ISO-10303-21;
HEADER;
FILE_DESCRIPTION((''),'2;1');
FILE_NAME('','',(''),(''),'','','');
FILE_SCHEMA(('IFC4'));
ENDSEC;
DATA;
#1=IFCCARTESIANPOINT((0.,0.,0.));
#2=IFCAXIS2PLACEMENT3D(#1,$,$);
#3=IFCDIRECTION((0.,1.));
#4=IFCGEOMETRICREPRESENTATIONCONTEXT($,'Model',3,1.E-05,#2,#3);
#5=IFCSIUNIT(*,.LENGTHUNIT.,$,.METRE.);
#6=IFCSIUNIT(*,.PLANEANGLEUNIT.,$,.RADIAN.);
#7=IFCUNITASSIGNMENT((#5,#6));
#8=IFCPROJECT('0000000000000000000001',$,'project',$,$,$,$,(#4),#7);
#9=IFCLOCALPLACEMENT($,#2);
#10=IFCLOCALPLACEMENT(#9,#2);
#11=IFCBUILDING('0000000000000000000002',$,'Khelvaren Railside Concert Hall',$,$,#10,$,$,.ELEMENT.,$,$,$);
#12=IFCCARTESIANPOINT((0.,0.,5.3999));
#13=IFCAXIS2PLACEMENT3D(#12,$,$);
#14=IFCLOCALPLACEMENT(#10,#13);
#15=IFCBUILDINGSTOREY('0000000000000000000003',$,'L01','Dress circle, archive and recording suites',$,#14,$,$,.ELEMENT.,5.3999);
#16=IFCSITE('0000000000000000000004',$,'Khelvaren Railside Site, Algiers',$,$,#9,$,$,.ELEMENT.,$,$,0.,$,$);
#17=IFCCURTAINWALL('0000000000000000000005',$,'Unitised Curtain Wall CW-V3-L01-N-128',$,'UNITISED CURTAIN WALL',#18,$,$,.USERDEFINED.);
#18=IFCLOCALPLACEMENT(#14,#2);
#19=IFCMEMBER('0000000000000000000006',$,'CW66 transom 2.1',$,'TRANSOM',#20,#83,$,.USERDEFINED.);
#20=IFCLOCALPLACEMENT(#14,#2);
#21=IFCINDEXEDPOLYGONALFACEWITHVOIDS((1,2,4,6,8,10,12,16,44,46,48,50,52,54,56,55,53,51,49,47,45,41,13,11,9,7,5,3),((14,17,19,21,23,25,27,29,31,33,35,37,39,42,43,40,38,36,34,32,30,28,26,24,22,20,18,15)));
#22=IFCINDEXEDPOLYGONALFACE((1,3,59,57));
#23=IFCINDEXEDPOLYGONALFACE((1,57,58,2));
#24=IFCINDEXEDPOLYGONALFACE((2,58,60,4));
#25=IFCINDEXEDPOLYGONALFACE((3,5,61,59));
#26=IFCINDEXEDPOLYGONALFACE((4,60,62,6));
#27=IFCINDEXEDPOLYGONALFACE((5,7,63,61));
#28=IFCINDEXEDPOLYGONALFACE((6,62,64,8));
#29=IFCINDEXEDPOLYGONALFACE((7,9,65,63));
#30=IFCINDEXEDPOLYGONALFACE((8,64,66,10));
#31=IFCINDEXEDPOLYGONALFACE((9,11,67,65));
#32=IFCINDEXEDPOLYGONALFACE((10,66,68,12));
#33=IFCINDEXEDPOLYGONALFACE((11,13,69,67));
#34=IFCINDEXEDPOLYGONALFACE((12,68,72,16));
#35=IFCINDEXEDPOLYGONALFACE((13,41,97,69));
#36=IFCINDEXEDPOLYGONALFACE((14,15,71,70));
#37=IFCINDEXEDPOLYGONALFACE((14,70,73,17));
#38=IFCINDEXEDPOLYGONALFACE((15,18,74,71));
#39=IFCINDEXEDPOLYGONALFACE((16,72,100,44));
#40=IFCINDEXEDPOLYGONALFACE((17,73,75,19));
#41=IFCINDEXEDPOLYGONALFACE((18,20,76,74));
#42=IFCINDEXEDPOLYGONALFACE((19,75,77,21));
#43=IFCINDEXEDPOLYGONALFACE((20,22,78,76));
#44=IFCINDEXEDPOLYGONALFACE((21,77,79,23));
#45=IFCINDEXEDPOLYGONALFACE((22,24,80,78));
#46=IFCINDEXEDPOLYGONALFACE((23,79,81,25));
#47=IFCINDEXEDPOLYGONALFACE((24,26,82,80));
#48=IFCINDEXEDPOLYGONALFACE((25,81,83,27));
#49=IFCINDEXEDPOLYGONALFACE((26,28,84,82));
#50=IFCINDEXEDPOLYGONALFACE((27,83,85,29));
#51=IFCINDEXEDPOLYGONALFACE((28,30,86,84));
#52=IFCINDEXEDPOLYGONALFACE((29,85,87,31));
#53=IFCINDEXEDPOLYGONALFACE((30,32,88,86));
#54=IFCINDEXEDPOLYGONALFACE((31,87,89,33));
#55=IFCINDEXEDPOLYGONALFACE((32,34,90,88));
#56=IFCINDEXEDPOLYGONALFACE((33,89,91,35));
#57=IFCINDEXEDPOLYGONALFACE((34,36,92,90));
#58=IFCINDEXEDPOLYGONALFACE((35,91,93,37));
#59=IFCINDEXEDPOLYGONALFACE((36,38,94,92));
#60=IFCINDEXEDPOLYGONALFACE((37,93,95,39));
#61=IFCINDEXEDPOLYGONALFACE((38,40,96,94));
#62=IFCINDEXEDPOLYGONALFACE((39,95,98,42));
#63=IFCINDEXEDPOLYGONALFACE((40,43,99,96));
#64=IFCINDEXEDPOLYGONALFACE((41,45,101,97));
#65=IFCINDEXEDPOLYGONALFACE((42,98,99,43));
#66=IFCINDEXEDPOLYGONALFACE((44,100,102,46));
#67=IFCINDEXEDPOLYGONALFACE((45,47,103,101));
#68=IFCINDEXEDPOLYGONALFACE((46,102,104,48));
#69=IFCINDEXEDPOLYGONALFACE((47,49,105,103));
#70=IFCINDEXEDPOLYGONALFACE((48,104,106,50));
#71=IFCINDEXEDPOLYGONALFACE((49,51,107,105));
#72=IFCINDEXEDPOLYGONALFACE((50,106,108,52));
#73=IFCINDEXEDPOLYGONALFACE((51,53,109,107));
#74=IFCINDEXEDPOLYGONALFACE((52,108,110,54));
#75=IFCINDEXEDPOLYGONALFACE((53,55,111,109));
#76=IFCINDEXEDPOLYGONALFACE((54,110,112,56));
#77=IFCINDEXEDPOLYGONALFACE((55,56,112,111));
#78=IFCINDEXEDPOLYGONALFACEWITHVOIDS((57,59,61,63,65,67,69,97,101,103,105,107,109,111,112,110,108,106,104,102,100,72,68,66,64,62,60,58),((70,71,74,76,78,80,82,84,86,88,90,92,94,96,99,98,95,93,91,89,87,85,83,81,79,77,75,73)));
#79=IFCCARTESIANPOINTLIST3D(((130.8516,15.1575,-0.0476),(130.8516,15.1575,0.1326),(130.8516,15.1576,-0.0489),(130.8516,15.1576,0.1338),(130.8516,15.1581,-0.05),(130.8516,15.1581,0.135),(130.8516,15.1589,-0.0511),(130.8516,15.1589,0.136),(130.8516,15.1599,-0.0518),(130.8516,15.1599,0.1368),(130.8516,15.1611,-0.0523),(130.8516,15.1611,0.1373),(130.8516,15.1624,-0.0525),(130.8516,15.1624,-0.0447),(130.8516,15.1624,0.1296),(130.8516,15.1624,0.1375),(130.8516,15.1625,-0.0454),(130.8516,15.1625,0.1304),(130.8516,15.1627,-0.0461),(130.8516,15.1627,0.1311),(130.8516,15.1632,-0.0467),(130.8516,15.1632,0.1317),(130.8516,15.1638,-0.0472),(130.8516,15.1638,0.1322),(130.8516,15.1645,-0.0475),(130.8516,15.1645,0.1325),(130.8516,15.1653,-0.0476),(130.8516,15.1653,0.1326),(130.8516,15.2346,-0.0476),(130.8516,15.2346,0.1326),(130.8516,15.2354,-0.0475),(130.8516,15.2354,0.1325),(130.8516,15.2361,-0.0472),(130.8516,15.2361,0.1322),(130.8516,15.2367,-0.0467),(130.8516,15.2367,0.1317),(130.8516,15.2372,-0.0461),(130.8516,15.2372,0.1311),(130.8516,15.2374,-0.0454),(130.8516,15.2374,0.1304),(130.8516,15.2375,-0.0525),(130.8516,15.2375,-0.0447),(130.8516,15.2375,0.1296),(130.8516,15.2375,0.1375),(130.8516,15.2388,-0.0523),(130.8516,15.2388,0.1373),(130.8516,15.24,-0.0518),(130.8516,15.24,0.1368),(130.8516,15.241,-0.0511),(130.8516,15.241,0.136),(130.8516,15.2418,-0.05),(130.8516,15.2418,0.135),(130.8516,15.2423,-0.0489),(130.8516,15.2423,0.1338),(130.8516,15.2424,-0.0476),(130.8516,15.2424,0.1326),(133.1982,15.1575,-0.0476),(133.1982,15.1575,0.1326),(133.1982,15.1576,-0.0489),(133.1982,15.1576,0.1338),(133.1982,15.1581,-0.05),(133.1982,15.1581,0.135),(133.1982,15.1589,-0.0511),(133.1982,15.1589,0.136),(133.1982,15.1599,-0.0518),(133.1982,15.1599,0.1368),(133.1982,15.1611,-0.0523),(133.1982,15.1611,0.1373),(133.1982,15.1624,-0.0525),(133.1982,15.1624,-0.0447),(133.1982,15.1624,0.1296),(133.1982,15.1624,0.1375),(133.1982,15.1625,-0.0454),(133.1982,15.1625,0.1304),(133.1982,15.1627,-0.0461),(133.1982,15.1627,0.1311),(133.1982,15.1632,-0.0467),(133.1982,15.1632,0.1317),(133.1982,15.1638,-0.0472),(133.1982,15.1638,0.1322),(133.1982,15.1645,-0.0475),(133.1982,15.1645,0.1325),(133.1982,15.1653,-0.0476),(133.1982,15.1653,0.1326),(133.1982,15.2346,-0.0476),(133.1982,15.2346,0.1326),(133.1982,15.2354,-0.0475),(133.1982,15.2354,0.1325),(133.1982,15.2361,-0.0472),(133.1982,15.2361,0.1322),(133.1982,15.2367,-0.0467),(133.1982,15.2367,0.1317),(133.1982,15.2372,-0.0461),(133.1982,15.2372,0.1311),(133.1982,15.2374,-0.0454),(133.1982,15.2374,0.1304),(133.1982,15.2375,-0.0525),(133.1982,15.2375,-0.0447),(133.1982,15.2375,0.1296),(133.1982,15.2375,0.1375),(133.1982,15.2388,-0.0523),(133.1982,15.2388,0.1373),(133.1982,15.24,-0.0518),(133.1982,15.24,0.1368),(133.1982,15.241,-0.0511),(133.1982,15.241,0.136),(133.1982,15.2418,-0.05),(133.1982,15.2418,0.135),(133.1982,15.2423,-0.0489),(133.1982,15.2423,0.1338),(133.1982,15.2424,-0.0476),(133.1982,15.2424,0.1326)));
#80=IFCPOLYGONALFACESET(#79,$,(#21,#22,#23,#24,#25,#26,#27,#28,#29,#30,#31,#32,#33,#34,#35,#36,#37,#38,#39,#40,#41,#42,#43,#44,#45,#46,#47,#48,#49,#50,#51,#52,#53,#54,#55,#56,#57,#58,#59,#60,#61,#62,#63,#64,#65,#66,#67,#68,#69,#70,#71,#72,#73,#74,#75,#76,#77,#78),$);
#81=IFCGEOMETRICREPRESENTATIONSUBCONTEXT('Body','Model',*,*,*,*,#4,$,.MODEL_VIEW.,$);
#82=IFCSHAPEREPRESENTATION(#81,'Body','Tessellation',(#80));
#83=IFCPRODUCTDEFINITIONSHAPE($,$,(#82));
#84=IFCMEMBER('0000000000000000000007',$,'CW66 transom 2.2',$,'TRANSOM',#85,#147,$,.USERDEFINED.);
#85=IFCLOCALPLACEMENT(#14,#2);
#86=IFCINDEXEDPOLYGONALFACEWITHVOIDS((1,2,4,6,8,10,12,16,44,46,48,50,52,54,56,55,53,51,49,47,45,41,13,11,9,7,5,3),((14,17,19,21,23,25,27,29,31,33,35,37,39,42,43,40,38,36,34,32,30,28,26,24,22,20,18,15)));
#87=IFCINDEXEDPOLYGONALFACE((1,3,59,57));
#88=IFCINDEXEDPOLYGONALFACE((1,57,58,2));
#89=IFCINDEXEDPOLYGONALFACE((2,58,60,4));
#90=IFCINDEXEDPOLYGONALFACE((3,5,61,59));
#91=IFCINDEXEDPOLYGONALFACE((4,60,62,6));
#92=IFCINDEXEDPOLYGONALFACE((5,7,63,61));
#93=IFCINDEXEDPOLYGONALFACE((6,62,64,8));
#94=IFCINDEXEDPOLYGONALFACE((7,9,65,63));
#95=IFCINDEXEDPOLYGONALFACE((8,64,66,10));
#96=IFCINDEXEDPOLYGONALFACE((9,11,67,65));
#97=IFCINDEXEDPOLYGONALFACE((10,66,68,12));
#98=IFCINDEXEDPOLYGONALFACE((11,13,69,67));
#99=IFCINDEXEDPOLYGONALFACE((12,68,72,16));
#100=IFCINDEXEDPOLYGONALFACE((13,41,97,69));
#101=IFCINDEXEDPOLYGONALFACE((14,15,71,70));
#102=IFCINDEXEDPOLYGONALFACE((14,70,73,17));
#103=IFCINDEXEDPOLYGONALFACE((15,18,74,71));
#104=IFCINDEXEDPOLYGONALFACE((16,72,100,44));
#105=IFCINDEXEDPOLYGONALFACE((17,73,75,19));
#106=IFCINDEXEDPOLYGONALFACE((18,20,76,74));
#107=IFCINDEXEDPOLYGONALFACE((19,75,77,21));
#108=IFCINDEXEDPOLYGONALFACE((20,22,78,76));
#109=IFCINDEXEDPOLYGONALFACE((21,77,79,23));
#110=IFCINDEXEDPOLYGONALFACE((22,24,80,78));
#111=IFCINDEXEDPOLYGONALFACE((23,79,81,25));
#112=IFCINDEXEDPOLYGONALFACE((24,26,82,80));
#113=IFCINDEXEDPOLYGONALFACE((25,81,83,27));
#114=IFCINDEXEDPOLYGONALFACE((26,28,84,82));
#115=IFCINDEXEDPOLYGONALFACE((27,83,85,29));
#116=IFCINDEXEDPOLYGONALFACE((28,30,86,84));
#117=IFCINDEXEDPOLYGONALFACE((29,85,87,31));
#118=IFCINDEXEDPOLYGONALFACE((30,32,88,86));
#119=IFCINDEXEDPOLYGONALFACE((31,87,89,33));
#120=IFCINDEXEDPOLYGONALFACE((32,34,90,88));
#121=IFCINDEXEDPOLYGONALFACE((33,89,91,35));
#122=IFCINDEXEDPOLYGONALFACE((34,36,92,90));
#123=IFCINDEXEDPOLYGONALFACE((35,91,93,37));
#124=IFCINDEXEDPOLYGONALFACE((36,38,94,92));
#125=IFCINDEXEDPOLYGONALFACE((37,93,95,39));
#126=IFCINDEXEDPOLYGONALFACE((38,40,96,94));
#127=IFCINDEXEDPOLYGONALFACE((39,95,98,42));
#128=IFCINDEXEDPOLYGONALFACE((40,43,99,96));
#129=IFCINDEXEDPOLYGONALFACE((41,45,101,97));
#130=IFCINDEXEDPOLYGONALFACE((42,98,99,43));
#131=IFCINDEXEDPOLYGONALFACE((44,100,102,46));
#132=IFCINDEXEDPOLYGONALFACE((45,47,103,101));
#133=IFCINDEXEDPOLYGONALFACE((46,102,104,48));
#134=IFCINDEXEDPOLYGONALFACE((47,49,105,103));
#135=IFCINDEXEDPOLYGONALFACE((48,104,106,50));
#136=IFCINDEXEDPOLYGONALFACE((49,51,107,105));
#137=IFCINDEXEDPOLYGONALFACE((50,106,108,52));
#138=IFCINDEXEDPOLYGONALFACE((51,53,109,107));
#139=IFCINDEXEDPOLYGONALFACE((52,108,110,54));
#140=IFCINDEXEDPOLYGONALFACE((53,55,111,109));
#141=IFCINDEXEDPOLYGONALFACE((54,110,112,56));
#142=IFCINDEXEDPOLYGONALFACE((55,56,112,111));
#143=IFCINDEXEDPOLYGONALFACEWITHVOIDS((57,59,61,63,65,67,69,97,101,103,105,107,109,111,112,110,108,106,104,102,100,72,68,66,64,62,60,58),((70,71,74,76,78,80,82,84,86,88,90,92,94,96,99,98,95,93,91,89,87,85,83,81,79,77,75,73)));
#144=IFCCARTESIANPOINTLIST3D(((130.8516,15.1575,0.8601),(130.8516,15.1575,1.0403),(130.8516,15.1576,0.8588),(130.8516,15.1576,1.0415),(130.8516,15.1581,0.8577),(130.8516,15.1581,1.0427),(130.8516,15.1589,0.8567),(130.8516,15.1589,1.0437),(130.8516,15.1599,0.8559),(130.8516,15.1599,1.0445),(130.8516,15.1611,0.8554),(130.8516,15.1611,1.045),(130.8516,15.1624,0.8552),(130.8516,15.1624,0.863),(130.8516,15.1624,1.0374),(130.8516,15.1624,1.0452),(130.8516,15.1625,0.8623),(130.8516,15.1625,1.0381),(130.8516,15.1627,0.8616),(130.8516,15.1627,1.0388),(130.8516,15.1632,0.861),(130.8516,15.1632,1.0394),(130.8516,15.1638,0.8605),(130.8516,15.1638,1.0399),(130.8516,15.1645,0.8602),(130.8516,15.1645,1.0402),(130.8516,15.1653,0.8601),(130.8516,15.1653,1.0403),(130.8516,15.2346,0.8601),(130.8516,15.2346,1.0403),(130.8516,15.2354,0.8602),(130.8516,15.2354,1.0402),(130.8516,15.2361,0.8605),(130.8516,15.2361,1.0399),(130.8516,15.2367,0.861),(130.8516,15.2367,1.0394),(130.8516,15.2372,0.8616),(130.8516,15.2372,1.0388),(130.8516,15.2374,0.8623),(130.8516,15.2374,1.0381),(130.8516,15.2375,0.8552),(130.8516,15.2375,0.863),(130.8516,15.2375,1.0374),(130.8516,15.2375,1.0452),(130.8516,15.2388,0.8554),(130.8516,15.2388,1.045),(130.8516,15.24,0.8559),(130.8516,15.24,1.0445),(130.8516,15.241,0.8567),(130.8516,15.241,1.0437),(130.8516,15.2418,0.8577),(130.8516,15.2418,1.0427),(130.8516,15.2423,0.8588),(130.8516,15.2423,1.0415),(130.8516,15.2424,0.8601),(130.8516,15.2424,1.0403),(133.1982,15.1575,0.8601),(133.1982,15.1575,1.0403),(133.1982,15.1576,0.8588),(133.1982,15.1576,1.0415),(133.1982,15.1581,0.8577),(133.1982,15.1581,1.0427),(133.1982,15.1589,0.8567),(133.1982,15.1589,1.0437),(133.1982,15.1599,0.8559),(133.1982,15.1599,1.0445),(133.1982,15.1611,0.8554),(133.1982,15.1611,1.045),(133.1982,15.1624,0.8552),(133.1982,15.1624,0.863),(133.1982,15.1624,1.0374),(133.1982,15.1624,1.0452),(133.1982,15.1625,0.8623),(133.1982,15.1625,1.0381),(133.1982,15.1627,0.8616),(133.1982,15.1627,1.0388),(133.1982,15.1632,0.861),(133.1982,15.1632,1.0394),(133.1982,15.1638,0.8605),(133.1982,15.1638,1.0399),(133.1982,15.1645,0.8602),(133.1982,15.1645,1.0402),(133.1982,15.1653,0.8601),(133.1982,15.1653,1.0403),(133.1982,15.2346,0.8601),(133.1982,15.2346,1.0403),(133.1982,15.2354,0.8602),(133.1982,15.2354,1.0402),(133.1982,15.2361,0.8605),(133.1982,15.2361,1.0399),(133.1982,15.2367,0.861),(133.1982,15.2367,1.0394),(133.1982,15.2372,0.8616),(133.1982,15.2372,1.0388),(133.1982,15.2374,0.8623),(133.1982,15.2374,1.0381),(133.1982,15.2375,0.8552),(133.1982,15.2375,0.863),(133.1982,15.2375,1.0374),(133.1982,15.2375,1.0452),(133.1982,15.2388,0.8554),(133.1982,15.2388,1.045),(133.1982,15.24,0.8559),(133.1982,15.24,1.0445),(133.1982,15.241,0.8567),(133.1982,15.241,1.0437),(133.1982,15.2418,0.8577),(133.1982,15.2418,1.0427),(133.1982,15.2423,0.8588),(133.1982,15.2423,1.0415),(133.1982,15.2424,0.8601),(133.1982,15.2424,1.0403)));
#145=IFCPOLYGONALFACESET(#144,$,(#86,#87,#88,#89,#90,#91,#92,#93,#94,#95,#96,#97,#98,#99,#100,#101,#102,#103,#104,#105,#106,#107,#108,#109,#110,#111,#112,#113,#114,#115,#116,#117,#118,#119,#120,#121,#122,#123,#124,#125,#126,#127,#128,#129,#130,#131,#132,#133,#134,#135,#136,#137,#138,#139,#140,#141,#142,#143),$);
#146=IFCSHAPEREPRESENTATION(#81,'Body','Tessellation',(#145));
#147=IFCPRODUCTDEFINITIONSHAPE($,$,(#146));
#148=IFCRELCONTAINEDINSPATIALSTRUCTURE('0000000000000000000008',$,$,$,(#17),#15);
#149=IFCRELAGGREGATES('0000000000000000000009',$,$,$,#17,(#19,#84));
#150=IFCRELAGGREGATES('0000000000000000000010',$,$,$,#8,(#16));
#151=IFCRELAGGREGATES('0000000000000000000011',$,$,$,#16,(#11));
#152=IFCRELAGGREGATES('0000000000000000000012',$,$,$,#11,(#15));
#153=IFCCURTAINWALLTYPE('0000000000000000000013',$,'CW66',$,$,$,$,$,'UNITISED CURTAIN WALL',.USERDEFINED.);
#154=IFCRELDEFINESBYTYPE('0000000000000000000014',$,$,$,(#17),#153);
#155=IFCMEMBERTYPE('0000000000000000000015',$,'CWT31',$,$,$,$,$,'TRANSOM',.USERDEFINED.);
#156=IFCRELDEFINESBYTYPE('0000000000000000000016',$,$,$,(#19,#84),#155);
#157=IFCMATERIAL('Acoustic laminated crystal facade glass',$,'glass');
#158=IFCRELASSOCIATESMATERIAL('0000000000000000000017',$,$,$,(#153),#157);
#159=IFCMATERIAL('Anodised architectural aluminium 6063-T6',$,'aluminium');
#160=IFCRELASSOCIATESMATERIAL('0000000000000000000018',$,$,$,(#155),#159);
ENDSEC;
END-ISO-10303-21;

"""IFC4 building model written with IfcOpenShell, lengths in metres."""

from ifc_helpers import new_model, si_unit, direction, frame, origin, origin_2d, place, context, subcontext, project, spatial, hollow_rectangle, extrude, material, material_profile, profile_set, type_object, element, aggregate, save


model = new_model("IFC4")

# Units and contexts
model_context = context("Model", 3, precision=1e-05, world=origin(), true_north=direction((0.0, 1.0)))
body_context = subcontext(model_context, "Body", "Model", "MODEL_VIEW")
ifc_project = project(units=[si_unit("LENGTHUNIT", "METRE"), si_unit("PLANEANGLEUNIT", "RADIAN")], contexts=[model_context])

# Site, building, storey
site_placement = place(None, origin())
site = spatial("IfcSite", under=ifc_project, at=site_placement, Name="Khelvaren Railside Site, Algiers", CompositionType="ELEMENT", RefElevation=0.0)
building_placement = place(site_placement, origin())
building = spatial("IfcBuilding", under=site, at=building_placement, Name="Khelvaren Railside Concert Hall", CompositionType="ELEMENT")
storey_placement = place(building_placement, frame((0.0, 0.0, 5.3999)))
storey = spatial("IfcBuildingStorey", under=building, at=storey_placement, Name="L01", Description="Dress circle, archive and recording suites", CompositionType="ELEMENT", Elevation=5.3999)

# Shared definitions
ifc_material_1 = material(Name="Acoustic laminated crystal facade glass", Category="glass")
ifc_material_2 = material(Name="Anodised architectural aluminium 6063-T6", Category="aluminium")

# Curtain wall, members
curtain_wall_type_1 = type_object("IfcCurtainWallType", Name="CW66", ElementType="UNITISED CURTAIN WALL", PredefinedType="USERDEFINED", material=ifc_material_1)
curtain_wall_1_placement = place(storey_placement, origin())
curtain_wall_1 = element("IfcCurtainWall", 1, at=curtain_wall_1_placement, inside=storey, type_object=curtain_wall_type_1, Name="Unitised Curtain Wall CW-V3-L01-N-128", ObjectType="UNITISED CURTAIN WALL", PredefinedType="USERDEFINED")
ifc_material_profile_1 = material_profile(ifc_material_2, hollow_rectangle(XDim=0.085, YDim=0.1899, WallThickness=0.0049, InnerFilletRadius=0.0029, OuterFilletRadius=0.0049, at=origin_2d()), Name="CWT 85x190x5")
ifc_profile_set_1 = profile_set([ifc_material_profile_1], Name="Anodised architectural aluminium 6063-T6")
member_type_1 = type_object("IfcMemberType", Name="CWT31", ElementType="TRANSOM", PredefinedType="USERDEFINED", material=ifc_profile_set_1)
member_1_placement = place(storey_placement, frame((130.8516, 15.2, 0.0425), z_axis=(1.0, 0.0, 0.0), x_axis=(0.0, 1.0, 0.0)))
member_1 = element("IfcMember", 2, at=member_1_placement, type_object=member_type_1, Name="CW66 transom 2.1", ObjectType="TRANSOM", PredefinedType="USERDEFINED", context=body_context, shape_type="SweptSolid", body=[
    extrude(hollow_rectangle(XDim=0.085, YDim=0.1899, WallThickness=0.0049, InnerFilletRadius=0.0029, OuterFilletRadius=0.0049, at=origin_2d()), origin(), (0.0, 0.0, 1.0), 2.3467),
])
member_2_placement = place(storey_placement, frame((130.8516, 15.2, 0.9502), z_axis=(1.0, 0.0, 0.0), x_axis=(0.0, 1.0, 0.0)))
member_2 = element("IfcMember", 3, at=member_2_placement, type_object=member_type_1, Name="CW66 transom 2.2", ObjectType="TRANSOM", PredefinedType="USERDEFINED", context=body_context, shape_type="SweptSolid", body=[
    extrude(hollow_rectangle(XDim=0.085, YDim=0.1899, WallThickness=0.0049, InnerFilletRadius=0.0029, OuterFilletRadius=0.0049, at=origin_2d()), origin(), (0.0, 0.0, 1.0), 2.3467),
])

aggregate(curtain_wall_1, [member_1, member_2])

save(model, "model.ifc")
